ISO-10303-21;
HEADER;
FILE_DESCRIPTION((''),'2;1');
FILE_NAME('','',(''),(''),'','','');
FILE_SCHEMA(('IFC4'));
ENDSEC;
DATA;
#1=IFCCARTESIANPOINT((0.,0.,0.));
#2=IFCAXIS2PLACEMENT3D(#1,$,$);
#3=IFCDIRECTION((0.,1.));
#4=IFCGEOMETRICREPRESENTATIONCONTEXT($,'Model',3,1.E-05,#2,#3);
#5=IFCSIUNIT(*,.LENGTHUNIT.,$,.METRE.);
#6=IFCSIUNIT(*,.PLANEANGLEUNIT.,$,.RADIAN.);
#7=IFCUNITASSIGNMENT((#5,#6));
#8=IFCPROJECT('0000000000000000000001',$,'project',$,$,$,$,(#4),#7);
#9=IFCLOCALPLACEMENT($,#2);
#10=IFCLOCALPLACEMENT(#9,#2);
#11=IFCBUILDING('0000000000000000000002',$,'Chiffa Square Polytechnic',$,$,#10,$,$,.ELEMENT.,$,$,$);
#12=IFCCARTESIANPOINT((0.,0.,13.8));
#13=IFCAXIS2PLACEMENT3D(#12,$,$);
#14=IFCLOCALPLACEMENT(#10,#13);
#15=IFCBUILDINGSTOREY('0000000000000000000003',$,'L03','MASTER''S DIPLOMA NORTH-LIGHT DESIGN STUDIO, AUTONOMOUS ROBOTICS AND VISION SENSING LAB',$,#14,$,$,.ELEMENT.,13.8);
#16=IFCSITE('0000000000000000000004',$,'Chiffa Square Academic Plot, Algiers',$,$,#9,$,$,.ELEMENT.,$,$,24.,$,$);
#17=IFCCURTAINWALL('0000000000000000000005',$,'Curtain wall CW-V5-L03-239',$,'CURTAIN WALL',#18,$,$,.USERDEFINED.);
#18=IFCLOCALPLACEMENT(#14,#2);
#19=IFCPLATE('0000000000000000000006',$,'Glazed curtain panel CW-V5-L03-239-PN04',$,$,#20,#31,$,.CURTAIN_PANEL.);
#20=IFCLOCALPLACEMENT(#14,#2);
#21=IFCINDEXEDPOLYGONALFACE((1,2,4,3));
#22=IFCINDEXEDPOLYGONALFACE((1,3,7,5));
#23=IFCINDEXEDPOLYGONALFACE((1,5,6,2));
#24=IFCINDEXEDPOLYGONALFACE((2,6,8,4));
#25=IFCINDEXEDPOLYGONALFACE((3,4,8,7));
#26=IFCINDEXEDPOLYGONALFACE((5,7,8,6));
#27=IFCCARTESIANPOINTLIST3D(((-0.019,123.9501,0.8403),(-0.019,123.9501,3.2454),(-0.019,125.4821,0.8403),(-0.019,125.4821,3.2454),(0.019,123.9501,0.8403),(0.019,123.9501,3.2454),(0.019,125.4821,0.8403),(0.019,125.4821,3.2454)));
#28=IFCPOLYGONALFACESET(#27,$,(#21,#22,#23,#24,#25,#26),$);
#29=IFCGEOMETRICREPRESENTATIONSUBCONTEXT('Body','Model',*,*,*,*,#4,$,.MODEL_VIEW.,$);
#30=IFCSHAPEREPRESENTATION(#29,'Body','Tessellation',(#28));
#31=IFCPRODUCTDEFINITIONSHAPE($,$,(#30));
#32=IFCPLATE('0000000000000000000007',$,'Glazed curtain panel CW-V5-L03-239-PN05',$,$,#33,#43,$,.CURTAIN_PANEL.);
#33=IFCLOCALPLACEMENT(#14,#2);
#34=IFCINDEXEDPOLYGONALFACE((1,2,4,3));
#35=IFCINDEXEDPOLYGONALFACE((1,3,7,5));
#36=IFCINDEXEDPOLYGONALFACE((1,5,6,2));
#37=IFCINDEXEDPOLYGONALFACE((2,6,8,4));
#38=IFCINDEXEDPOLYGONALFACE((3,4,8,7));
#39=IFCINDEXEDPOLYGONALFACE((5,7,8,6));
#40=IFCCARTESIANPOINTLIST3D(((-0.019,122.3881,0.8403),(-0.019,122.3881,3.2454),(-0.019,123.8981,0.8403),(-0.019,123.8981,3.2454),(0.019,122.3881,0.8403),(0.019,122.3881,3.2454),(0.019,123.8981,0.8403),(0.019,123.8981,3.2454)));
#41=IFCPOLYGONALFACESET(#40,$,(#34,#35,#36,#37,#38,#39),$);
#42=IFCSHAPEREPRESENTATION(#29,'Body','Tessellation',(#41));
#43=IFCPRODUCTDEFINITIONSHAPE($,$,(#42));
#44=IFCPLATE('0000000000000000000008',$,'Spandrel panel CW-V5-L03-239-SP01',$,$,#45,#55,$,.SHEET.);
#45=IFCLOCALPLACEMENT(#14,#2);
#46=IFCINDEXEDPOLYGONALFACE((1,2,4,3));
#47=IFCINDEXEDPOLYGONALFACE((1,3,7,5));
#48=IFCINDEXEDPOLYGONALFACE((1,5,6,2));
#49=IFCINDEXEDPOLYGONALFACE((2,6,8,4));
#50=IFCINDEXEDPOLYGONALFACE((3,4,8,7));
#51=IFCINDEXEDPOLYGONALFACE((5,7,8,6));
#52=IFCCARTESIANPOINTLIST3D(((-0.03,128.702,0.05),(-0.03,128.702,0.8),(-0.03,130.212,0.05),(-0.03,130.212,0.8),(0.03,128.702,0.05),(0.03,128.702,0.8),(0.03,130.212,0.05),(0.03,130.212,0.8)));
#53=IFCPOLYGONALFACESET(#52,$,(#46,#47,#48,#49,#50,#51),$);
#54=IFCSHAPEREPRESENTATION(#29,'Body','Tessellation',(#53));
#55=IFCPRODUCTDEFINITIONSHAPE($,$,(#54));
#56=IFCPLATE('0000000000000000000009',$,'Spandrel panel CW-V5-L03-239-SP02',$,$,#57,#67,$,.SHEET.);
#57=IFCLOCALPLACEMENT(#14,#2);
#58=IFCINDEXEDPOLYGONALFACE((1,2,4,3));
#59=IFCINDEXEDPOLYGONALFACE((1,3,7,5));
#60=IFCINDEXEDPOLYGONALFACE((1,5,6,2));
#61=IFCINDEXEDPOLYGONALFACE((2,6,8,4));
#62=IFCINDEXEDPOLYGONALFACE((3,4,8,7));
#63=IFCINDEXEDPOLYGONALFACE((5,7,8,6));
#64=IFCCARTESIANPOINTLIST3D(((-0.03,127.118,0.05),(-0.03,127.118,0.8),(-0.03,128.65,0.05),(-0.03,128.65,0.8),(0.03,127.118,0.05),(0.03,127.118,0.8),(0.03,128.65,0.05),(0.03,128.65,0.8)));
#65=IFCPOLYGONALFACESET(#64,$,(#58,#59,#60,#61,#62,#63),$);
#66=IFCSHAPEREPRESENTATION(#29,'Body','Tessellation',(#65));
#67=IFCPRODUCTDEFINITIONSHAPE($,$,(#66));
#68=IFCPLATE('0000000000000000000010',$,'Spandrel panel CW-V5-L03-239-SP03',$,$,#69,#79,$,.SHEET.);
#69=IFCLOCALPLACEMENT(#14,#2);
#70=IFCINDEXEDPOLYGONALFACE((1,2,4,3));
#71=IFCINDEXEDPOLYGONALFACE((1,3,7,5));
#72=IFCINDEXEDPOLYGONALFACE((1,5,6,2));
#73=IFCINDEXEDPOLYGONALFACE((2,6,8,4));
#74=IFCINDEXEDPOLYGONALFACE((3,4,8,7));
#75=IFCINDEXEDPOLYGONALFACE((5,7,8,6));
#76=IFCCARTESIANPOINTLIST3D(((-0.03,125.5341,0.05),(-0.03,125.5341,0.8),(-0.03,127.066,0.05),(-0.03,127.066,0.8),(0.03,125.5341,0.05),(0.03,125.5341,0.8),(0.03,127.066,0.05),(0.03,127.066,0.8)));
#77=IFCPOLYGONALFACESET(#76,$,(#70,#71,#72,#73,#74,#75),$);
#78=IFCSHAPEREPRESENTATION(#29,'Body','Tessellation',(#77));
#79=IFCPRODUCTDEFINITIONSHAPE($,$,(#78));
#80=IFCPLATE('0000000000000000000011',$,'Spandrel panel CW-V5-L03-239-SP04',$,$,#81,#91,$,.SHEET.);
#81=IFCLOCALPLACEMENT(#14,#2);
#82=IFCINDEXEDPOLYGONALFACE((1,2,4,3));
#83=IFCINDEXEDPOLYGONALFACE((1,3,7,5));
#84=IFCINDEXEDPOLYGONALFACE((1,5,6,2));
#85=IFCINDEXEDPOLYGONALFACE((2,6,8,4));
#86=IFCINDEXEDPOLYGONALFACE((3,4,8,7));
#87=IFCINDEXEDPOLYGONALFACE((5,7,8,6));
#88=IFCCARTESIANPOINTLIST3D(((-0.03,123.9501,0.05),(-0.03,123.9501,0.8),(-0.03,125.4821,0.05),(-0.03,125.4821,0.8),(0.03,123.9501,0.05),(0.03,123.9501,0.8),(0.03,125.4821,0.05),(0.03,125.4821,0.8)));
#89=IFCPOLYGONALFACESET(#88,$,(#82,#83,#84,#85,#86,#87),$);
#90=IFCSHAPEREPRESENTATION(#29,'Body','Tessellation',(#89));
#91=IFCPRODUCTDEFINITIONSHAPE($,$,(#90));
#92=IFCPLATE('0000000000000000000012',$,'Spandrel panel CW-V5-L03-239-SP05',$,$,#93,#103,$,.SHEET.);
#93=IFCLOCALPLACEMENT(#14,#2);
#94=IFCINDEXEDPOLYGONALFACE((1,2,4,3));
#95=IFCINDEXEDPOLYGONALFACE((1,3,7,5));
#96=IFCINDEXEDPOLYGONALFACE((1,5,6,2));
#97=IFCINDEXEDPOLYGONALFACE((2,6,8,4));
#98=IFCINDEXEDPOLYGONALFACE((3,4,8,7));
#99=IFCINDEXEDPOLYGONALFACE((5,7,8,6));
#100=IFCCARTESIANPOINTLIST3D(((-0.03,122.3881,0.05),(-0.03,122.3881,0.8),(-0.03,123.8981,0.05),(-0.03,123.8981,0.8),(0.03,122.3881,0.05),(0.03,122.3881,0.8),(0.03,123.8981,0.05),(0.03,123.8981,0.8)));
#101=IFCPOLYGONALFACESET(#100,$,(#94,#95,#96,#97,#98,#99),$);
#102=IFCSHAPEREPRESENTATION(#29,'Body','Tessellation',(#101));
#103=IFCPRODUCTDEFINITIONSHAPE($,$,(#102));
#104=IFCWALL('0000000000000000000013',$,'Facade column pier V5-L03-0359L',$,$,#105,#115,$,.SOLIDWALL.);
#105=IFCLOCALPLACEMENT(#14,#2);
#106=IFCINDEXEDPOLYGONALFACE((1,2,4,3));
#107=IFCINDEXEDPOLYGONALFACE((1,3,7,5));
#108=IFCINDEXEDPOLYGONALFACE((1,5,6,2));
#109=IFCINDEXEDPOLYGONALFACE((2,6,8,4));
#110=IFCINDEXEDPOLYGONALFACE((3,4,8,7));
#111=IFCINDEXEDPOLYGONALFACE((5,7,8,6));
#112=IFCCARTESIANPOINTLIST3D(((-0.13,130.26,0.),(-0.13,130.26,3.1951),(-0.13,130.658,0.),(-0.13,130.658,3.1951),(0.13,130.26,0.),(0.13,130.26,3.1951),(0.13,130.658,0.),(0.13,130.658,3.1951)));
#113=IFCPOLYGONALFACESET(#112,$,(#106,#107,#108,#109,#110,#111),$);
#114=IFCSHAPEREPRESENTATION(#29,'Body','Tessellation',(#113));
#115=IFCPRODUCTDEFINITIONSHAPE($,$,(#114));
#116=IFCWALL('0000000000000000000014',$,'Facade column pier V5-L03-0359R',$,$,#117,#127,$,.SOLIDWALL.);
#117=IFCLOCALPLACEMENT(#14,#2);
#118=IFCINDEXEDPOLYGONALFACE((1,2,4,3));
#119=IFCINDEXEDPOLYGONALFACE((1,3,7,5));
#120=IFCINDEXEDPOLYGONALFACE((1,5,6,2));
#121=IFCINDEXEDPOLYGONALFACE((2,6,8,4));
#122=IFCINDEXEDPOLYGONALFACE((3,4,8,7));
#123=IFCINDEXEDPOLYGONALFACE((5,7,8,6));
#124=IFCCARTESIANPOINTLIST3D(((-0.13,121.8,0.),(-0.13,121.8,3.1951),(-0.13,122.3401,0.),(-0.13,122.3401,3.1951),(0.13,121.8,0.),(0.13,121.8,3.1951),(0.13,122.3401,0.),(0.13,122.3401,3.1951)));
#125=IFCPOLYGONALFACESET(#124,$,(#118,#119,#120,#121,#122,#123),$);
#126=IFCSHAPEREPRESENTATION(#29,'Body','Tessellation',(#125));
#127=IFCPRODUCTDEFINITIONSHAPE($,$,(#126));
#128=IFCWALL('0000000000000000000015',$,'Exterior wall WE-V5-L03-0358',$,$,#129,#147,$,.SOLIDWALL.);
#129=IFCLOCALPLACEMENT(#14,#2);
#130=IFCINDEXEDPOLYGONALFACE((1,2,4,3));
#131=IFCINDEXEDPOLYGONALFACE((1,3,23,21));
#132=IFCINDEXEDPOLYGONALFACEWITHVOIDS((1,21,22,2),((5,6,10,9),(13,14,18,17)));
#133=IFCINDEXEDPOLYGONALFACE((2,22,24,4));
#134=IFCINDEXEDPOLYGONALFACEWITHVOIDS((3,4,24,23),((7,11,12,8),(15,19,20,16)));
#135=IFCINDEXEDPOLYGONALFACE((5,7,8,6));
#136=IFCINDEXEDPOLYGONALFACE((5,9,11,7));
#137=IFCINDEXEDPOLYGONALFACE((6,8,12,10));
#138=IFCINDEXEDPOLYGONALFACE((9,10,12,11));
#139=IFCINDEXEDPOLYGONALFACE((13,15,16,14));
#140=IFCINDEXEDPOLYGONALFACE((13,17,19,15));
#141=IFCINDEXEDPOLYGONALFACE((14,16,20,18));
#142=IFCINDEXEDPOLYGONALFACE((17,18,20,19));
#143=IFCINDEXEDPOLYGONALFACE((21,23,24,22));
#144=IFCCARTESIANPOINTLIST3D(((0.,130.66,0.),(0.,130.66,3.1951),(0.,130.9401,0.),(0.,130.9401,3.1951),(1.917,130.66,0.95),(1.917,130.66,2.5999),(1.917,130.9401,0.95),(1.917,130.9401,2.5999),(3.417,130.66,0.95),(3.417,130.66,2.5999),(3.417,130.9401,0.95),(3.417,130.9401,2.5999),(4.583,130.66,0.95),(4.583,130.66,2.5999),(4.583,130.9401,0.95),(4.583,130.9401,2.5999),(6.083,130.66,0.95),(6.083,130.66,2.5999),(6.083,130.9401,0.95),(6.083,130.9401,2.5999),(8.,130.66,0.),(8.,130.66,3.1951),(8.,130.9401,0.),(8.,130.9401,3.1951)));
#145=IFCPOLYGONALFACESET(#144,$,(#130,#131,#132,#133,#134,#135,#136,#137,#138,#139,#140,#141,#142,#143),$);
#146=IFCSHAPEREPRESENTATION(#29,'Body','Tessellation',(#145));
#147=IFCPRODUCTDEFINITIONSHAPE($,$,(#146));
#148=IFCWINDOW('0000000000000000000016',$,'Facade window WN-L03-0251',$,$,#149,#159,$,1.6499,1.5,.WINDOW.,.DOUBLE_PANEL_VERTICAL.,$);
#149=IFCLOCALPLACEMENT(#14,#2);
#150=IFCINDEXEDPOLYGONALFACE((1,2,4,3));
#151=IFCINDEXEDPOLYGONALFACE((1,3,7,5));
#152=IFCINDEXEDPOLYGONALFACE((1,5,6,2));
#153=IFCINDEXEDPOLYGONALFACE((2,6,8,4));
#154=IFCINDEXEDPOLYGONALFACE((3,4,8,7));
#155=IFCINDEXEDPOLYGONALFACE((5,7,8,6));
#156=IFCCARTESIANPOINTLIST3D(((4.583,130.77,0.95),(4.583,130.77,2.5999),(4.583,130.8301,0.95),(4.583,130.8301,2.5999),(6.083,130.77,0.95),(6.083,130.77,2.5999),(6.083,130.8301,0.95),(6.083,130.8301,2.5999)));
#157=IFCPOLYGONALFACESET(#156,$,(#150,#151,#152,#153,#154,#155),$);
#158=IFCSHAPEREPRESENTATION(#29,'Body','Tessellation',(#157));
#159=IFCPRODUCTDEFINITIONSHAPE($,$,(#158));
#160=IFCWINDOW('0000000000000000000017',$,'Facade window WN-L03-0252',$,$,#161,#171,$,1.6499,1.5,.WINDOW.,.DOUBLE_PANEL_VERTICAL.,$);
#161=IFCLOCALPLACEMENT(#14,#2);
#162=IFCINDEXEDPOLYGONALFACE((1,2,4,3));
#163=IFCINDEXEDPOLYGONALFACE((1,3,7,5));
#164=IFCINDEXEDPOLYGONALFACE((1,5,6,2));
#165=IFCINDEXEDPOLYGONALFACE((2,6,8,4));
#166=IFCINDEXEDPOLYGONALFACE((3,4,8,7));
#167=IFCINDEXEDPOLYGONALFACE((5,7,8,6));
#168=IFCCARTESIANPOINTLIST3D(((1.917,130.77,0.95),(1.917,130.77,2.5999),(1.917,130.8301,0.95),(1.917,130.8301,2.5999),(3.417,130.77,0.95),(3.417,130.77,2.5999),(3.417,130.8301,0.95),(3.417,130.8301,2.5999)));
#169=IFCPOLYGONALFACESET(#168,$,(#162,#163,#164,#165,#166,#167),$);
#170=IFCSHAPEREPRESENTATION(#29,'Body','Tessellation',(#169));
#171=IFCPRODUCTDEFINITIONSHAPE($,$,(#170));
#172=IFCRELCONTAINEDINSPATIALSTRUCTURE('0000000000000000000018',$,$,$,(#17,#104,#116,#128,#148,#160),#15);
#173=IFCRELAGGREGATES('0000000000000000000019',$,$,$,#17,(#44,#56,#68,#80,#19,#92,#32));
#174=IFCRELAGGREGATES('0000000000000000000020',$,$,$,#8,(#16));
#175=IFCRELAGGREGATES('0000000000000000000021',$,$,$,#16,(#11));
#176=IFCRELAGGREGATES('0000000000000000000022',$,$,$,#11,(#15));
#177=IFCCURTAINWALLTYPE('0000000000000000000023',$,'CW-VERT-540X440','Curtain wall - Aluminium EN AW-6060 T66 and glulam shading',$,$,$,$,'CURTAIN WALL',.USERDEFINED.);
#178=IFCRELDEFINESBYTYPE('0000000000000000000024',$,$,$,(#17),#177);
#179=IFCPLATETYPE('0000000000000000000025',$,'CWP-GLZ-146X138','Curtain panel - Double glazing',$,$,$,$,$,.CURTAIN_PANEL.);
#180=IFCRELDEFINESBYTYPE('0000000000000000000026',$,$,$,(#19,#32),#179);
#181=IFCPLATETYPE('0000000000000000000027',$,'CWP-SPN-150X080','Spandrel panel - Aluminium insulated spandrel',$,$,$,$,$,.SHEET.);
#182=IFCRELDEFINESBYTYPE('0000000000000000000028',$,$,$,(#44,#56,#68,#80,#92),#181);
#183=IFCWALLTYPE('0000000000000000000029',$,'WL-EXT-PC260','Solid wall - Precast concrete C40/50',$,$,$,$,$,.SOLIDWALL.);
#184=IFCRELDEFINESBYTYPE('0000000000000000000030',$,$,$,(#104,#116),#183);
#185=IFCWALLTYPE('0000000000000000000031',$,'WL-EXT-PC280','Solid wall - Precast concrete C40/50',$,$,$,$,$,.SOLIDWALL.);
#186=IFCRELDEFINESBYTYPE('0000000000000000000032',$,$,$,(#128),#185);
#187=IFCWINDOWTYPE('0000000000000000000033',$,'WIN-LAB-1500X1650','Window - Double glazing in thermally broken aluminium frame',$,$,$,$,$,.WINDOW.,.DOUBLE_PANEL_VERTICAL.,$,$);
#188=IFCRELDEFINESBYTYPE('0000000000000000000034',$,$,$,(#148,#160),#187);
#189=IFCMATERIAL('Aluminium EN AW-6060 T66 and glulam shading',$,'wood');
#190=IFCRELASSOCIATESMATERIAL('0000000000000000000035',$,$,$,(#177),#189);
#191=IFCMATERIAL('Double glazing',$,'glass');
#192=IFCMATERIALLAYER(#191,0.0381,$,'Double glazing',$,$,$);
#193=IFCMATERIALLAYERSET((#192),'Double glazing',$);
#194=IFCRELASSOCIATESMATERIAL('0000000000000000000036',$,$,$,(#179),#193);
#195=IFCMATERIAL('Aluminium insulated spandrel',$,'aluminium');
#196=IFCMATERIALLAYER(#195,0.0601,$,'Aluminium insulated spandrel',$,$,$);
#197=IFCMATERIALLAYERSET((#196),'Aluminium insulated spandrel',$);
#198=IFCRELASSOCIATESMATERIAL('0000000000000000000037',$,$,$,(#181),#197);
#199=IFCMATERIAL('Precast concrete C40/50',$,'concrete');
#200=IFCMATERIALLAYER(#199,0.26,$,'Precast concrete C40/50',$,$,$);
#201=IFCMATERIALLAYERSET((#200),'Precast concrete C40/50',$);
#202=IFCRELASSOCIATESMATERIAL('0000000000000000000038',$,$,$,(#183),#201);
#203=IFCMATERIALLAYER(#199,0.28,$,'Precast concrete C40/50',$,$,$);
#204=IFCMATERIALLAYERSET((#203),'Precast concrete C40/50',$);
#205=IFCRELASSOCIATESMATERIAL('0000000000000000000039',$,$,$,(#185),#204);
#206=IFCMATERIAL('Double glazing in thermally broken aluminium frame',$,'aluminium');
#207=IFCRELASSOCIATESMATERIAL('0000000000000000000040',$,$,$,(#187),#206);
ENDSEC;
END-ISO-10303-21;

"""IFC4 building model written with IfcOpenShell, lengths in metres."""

from ifc_helpers import new_model, si_unit, direction, frame, frame_2d, origin, origin_2d, place, context, subcontext, project, spatial, rectangle, extrude, material, layer, layer_set, type_object, element, fill, aggregate, save


model = new_model("IFC4")

# Units and contexts
model_context = context("Model", 3, precision=1e-05, world=origin(), true_north=direction((0.0, 1.0)))
body_context = subcontext(model_context, "Body", "Model", "MODEL_VIEW")
ifc_project = project(units=[si_unit("LENGTHUNIT", "METRE"), si_unit("PLANEANGLEUNIT", "RADIAN")], contexts=[model_context])

# Site, building, storey
site_placement = place(None, origin())
site = spatial("IfcSite", under=ifc_project, at=site_placement, Name="Chiffa Square Academic Plot, Algiers", CompositionType="ELEMENT", RefElevation=24.0)
building_placement = place(site_placement, origin())
building = spatial("IfcBuilding", under=site, at=building_placement, Name="Chiffa Square Polytechnic", CompositionType="ELEMENT")
storey_placement = place(building_placement, frame((0.0, 0.0, 13.8)))
storey = spatial("IfcBuildingStorey", under=building, at=storey_placement, Name="L03", Description="MASTER'S DIPLOMA NORTH-LIGHT DESIGN STUDIO, AUTONOMOUS ROBOTICS AND VISION SENSING LAB", CompositionType="ELEMENT", Elevation=13.8)

# Curtain wall
ifc_material_1 = material(Name="Aluminium EN AW-6060 T66 and glulam shading", Category="wood")
curtain_wall_type = type_object("IfcCurtainWallType", Name="CW-VERT-540X440", Description="Curtain wall - Aluminium EN AW-6060 T66 and glulam shading", ElementType="CURTAIN WALL", PredefinedType="USERDEFINED", material=ifc_material_1)
curtain_wall_placement = place(storey_placement, origin())
curtain_wall = element("IfcCurtainWall", 1, at=curtain_wall_placement, inside=storey, type_object=curtain_wall_type, Name="Curtain wall CW-V5-L03-239", ObjectType="CURTAIN WALL", PredefinedType="USERDEFINED")

# Plates
ifc_material_2 = material(Name="Double glazing", Category="glass")
ifc_layer_1 = layer(ifc_material_2, 0.0381, Name="Double glazing")
ifc_layer_set_1 = layer_set([ifc_layer_1], Name="Double glazing")
plate_type_1 = type_object("IfcPlateType", Name="CWP-GLZ-146X138", Description="Curtain panel - Double glazing", PredefinedType="CURTAIN_PANEL", material=ifc_layer_set_1)
plate_1_placement = place(storey_placement, frame((0.0, 124.7161, 0.8403), z_axis=(0.0, 0.0, 1.0), x_axis=(0.0, -1.0, 0.0)))
plate_1 = element("IfcPlate", 2, at=plate_1_placement, type_object=plate_type_1, Name="Glazed curtain panel CW-V5-L03-239-PN04", PredefinedType="CURTAIN_PANEL", context=body_context, shape_type="SweptSolid", body=[
    extrude(rectangle(XDim=1.532, YDim=0.0381, at=origin_2d()), origin(), (0.0, 0.0, 1.0), 2.405),
])
plate_2_placement = place(storey_placement, frame((0.0, 123.1431, 0.8403), z_axis=(0.0, 0.0, 1.0), x_axis=(0.0, -1.0, 0.0)))
plate_2 = element("IfcPlate", 3, at=plate_2_placement, type_object=plate_type_1, Name="Glazed curtain panel CW-V5-L03-239-PN05", PredefinedType="CURTAIN_PANEL", context=body_context, shape_type="SweptSolid", body=[
    extrude(rectangle(XDim=1.51, YDim=0.0381, at=origin_2d()), origin(), (0.0, 0.0, 1.0), 2.405),
])
ifc_material_3 = material(Name="Aluminium insulated spandrel", Category="aluminium")
ifc_layer_2 = layer(ifc_material_3, 0.0601, Name="Aluminium insulated spandrel")
ifc_layer_set_2 = layer_set([ifc_layer_2], Name="Aluminium insulated spandrel")
plate_type_2 = type_object("IfcPlateType", Name="CWP-SPN-150X080", Description="Spandrel panel - Aluminium insulated spandrel", PredefinedType="SHEET", material=ifc_layer_set_2)
plate_3_placement = place(storey_placement, frame((0.0, 129.457, 0.05), z_axis=(0.0, 0.0, 1.0), x_axis=(0.0, -1.0, 0.0)))
plate_3 = element("IfcPlate", 4, at=plate_3_placement, type_object=plate_type_2, Name="Spandrel panel CW-V5-L03-239-SP01", PredefinedType="SHEET", context=body_context, shape_type="SweptSolid", body=[
    extrude(rectangle(XDim=1.51, YDim=0.0601, at=origin_2d()), origin(), (0.0, 0.0, 1.0), 0.75),
])
plate_4_placement = place(storey_placement, frame((0.0, 127.884, 0.05), z_axis=(0.0, 0.0, 1.0), x_axis=(0.0, -1.0, 0.0)))
plate_4 = element("IfcPlate", 5, at=plate_4_placement, type_object=plate_type_2, Name="Spandrel panel CW-V5-L03-239-SP02", PredefinedType="SHEET", context=body_context, shape_type="SweptSolid", body=[
    extrude(rectangle(XDim=1.532, YDim=0.0601, at=origin_2d()), origin(), (0.0, 0.0, 1.0), 0.75),
])
plate_5_placement = place(storey_placement, frame((0.0, 126.3, 0.05), z_axis=(0.0, 0.0, 1.0), x_axis=(0.0, -1.0, 0.0)))
plate_5 = element("IfcPlate", 6, at=plate_5_placement, type_object=plate_type_2, Name="Spandrel panel CW-V5-L03-239-SP03", PredefinedType="SHEET", context=body_context, shape_type="SweptSolid", body=[
    extrude(rectangle(XDim=1.532, YDim=0.0601, at=origin_2d()), origin(), (0.0, 0.0, 1.0), 0.75),
])
plate_6_placement = place(storey_placement, frame((0.0, 124.7161, 0.05), z_axis=(0.0, 0.0, 1.0), x_axis=(0.0, -1.0, 0.0)))
plate_6 = element("IfcPlate", 7, at=plate_6_placement, type_object=plate_type_2, Name="Spandrel panel CW-V5-L03-239-SP04", PredefinedType="SHEET", context=body_context, shape_type="SweptSolid", body=[
    extrude(rectangle(XDim=1.532, YDim=0.0601, at=origin_2d()), origin(), (0.0, 0.0, 1.0), 0.75),
])
plate_7_placement = place(storey_placement, frame((0.0, 123.1431, 0.05), z_axis=(0.0, 0.0, 1.0), x_axis=(0.0, -1.0, 0.0)))
plate_7 = element("IfcPlate", 8, at=plate_7_placement, type_object=plate_type_2, Name="Spandrel panel CW-V5-L03-239-SP05", PredefinedType="SHEET", context=body_context, shape_type="SweptSolid", body=[
    extrude(rectangle(XDim=1.51, YDim=0.0601, at=origin_2d()), origin(), (0.0, 0.0, 1.0), 0.75),
])
aggregate(curtain_wall, [plate_3, plate_4, plate_5, plate_6, plate_1, plate_7, plate_2])

# Walls
ifc_material_4 = material(Name="Precast concrete C40/50", Category="concrete")
ifc_layer_3 = layer(ifc_material_4, 0.26, Name="Precast concrete C40/50")
ifc_layer_set_3 = layer_set([ifc_layer_3], Name="Precast concrete C40/50")
wall_type_1 = type_object("IfcWallType", Name="WL-EXT-PC260", Description="Solid wall - Precast concrete C40/50", PredefinedType="SOLIDWALL", material=ifc_layer_set_3)
wall_1_placement = place(storey_placement, frame((0.0, 130.658, 0.0), z_axis=(0.0, 0.0, 1.0), x_axis=(0.0, -1.0, 0.0)))
element("IfcWall", 9, at=wall_1_placement, inside=storey, type_object=wall_type_1, Name="Facade column pier V5-L03-0359L", PredefinedType="SOLIDWALL", context=body_context, shape_type="SweptSolid", body=[
    extrude(rectangle(XDim=0.3979, YDim=0.26, at=frame_2d((0.199, 0.0))), origin(), (0.0, 0.0, 1.0), 3.1951),
])
wall_2_placement = place(storey_placement, frame((0.0, 122.3401, 0.0), z_axis=(0.0, 0.0, 1.0), x_axis=(0.0, -1.0, 0.0)))
element("IfcWall", 10, at=wall_2_placement, inside=storey, type_object=wall_type_1, Name="Facade column pier V5-L03-0359R", PredefinedType="SOLIDWALL", context=body_context, shape_type="SweptSolid", body=[
    extrude(rectangle(XDim=0.54, YDim=0.26, at=frame_2d((0.27, 0.0))), origin(), (0.0, 0.0, 1.0), 3.1951),
])

# Wall, openings, windows
ifc_layer_4 = layer(ifc_material_4, 0.28, Name="Precast concrete C40/50")
ifc_layer_set_4 = layer_set([ifc_layer_4], Name="Precast concrete C40/50")
wall_type_2 = type_object("IfcWallType", Name="WL-EXT-PC280", Description="Solid wall - Precast concrete C40/50", PredefinedType="SOLIDWALL", material=ifc_layer_set_4)
wall_3_placement = place(storey_placement, frame((8.0, 130.8, 0.0), z_axis=(0.0, 0.0, 1.0), x_axis=(-1.0, 0.0, 0.0)))
wall_3 = element("IfcWall", 11, at=wall_3_placement, inside=storey, type_object=wall_type_2, Name="Exterior wall WE-V5-L03-0358", PredefinedType="SOLIDWALL", context=body_context, shape_type="SweptSolid", body=[
    extrude(rectangle(XDim=8.0, YDim=0.28, at=frame_2d((4.0, 0.0))), origin(), (0.0, 0.0, 1.0), 3.1951),
])
opening_1_placement = place(wall_3_placement, frame((1.917, 0.0, 0.95)))
opening_1 = element("IfcOpeningElement", 12, at=opening_1_placement, cuts=wall_3, PredefinedType="OPENING", context=body_context, shape_type="SweptSolid", body=[
    extrude(rectangle(XDim=1.5, YDim=1.6499, at=frame_2d((0.75, 0.825))), frame((0.0, 0.1499, 0.0), z_axis=(0.0, -1.0, 0.0), x_axis=(1.0, 0.0, 0.0)), (0.0, 0.0, 1.0), 0.3),
])
opening_2_placement = place(wall_3_placement, frame((4.583, 0.0, 0.95)))
opening_2 = element("IfcOpeningElement", 13, at=opening_2_placement, cuts=wall_3, PredefinedType="OPENING", context=body_context, shape_type="SweptSolid", body=[
    extrude(rectangle(XDim=1.5, YDim=1.6499, at=frame_2d((0.75, 0.825))), frame((0.0, 0.1499, 0.0), z_axis=(0.0, -1.0, 0.0), x_axis=(1.0, 0.0, 0.0)), (0.0, 0.0, 1.0), 0.3),
])
ifc_material_5 = material(Name="Double glazing in thermally broken aluminium frame", Category="aluminium")
window_type = type_object("IfcWindowType", Name="WIN-LAB-1500X1650", Description="Window - Double glazing in thermally broken aluminium frame", PartitioningType="DOUBLE_PANEL_VERTICAL", PredefinedType="WINDOW", material=ifc_material_5)
window_1_placement = place(opening_1_placement, origin())
window_1 = element("IfcWindow", 14, at=window_1_placement, inside=storey, type_object=window_type, Name="Facade window WN-L03-0251", OverallHeight=1.6499, OverallWidth=1.5, PartitioningType="DOUBLE_PANEL_VERTICAL", PredefinedType="WINDOW", context=body_context, shape_type="SweptSolid", body=[
    extrude(rectangle(XDim=1.5, YDim=1.6499, at=frame_2d((0.75, 0.825))), frame((0.0, 0.03, 0.0), z_axis=(0.0, -1.0, 0.0), x_axis=(1.0, 0.0, 0.0)), (0.0, 0.0, 1.0), 0.0601),
])
fill(opening_1, window_1)
window_2_placement = place(opening_2_placement, origin())
window_2 = element("IfcWindow", 15, at=window_2_placement, inside=storey, type_object=window_type, Name="Facade window WN-L03-0252", OverallHeight=1.6499, OverallWidth=1.5, PartitioningType="DOUBLE_PANEL_VERTICAL", PredefinedType="WINDOW", context=body_context, shape_type="SweptSolid", body=[
    extrude(rectangle(XDim=1.5, YDim=1.6499, at=frame_2d((0.75, 0.825))), frame((0.0, 0.03, 0.0), z_axis=(0.0, -1.0, 0.0), x_axis=(1.0, 0.0, 0.0)), (0.0, 0.0, 1.0), 0.0601),
])
fill(opening_2, window_2)

save(model, "model.ifc")
